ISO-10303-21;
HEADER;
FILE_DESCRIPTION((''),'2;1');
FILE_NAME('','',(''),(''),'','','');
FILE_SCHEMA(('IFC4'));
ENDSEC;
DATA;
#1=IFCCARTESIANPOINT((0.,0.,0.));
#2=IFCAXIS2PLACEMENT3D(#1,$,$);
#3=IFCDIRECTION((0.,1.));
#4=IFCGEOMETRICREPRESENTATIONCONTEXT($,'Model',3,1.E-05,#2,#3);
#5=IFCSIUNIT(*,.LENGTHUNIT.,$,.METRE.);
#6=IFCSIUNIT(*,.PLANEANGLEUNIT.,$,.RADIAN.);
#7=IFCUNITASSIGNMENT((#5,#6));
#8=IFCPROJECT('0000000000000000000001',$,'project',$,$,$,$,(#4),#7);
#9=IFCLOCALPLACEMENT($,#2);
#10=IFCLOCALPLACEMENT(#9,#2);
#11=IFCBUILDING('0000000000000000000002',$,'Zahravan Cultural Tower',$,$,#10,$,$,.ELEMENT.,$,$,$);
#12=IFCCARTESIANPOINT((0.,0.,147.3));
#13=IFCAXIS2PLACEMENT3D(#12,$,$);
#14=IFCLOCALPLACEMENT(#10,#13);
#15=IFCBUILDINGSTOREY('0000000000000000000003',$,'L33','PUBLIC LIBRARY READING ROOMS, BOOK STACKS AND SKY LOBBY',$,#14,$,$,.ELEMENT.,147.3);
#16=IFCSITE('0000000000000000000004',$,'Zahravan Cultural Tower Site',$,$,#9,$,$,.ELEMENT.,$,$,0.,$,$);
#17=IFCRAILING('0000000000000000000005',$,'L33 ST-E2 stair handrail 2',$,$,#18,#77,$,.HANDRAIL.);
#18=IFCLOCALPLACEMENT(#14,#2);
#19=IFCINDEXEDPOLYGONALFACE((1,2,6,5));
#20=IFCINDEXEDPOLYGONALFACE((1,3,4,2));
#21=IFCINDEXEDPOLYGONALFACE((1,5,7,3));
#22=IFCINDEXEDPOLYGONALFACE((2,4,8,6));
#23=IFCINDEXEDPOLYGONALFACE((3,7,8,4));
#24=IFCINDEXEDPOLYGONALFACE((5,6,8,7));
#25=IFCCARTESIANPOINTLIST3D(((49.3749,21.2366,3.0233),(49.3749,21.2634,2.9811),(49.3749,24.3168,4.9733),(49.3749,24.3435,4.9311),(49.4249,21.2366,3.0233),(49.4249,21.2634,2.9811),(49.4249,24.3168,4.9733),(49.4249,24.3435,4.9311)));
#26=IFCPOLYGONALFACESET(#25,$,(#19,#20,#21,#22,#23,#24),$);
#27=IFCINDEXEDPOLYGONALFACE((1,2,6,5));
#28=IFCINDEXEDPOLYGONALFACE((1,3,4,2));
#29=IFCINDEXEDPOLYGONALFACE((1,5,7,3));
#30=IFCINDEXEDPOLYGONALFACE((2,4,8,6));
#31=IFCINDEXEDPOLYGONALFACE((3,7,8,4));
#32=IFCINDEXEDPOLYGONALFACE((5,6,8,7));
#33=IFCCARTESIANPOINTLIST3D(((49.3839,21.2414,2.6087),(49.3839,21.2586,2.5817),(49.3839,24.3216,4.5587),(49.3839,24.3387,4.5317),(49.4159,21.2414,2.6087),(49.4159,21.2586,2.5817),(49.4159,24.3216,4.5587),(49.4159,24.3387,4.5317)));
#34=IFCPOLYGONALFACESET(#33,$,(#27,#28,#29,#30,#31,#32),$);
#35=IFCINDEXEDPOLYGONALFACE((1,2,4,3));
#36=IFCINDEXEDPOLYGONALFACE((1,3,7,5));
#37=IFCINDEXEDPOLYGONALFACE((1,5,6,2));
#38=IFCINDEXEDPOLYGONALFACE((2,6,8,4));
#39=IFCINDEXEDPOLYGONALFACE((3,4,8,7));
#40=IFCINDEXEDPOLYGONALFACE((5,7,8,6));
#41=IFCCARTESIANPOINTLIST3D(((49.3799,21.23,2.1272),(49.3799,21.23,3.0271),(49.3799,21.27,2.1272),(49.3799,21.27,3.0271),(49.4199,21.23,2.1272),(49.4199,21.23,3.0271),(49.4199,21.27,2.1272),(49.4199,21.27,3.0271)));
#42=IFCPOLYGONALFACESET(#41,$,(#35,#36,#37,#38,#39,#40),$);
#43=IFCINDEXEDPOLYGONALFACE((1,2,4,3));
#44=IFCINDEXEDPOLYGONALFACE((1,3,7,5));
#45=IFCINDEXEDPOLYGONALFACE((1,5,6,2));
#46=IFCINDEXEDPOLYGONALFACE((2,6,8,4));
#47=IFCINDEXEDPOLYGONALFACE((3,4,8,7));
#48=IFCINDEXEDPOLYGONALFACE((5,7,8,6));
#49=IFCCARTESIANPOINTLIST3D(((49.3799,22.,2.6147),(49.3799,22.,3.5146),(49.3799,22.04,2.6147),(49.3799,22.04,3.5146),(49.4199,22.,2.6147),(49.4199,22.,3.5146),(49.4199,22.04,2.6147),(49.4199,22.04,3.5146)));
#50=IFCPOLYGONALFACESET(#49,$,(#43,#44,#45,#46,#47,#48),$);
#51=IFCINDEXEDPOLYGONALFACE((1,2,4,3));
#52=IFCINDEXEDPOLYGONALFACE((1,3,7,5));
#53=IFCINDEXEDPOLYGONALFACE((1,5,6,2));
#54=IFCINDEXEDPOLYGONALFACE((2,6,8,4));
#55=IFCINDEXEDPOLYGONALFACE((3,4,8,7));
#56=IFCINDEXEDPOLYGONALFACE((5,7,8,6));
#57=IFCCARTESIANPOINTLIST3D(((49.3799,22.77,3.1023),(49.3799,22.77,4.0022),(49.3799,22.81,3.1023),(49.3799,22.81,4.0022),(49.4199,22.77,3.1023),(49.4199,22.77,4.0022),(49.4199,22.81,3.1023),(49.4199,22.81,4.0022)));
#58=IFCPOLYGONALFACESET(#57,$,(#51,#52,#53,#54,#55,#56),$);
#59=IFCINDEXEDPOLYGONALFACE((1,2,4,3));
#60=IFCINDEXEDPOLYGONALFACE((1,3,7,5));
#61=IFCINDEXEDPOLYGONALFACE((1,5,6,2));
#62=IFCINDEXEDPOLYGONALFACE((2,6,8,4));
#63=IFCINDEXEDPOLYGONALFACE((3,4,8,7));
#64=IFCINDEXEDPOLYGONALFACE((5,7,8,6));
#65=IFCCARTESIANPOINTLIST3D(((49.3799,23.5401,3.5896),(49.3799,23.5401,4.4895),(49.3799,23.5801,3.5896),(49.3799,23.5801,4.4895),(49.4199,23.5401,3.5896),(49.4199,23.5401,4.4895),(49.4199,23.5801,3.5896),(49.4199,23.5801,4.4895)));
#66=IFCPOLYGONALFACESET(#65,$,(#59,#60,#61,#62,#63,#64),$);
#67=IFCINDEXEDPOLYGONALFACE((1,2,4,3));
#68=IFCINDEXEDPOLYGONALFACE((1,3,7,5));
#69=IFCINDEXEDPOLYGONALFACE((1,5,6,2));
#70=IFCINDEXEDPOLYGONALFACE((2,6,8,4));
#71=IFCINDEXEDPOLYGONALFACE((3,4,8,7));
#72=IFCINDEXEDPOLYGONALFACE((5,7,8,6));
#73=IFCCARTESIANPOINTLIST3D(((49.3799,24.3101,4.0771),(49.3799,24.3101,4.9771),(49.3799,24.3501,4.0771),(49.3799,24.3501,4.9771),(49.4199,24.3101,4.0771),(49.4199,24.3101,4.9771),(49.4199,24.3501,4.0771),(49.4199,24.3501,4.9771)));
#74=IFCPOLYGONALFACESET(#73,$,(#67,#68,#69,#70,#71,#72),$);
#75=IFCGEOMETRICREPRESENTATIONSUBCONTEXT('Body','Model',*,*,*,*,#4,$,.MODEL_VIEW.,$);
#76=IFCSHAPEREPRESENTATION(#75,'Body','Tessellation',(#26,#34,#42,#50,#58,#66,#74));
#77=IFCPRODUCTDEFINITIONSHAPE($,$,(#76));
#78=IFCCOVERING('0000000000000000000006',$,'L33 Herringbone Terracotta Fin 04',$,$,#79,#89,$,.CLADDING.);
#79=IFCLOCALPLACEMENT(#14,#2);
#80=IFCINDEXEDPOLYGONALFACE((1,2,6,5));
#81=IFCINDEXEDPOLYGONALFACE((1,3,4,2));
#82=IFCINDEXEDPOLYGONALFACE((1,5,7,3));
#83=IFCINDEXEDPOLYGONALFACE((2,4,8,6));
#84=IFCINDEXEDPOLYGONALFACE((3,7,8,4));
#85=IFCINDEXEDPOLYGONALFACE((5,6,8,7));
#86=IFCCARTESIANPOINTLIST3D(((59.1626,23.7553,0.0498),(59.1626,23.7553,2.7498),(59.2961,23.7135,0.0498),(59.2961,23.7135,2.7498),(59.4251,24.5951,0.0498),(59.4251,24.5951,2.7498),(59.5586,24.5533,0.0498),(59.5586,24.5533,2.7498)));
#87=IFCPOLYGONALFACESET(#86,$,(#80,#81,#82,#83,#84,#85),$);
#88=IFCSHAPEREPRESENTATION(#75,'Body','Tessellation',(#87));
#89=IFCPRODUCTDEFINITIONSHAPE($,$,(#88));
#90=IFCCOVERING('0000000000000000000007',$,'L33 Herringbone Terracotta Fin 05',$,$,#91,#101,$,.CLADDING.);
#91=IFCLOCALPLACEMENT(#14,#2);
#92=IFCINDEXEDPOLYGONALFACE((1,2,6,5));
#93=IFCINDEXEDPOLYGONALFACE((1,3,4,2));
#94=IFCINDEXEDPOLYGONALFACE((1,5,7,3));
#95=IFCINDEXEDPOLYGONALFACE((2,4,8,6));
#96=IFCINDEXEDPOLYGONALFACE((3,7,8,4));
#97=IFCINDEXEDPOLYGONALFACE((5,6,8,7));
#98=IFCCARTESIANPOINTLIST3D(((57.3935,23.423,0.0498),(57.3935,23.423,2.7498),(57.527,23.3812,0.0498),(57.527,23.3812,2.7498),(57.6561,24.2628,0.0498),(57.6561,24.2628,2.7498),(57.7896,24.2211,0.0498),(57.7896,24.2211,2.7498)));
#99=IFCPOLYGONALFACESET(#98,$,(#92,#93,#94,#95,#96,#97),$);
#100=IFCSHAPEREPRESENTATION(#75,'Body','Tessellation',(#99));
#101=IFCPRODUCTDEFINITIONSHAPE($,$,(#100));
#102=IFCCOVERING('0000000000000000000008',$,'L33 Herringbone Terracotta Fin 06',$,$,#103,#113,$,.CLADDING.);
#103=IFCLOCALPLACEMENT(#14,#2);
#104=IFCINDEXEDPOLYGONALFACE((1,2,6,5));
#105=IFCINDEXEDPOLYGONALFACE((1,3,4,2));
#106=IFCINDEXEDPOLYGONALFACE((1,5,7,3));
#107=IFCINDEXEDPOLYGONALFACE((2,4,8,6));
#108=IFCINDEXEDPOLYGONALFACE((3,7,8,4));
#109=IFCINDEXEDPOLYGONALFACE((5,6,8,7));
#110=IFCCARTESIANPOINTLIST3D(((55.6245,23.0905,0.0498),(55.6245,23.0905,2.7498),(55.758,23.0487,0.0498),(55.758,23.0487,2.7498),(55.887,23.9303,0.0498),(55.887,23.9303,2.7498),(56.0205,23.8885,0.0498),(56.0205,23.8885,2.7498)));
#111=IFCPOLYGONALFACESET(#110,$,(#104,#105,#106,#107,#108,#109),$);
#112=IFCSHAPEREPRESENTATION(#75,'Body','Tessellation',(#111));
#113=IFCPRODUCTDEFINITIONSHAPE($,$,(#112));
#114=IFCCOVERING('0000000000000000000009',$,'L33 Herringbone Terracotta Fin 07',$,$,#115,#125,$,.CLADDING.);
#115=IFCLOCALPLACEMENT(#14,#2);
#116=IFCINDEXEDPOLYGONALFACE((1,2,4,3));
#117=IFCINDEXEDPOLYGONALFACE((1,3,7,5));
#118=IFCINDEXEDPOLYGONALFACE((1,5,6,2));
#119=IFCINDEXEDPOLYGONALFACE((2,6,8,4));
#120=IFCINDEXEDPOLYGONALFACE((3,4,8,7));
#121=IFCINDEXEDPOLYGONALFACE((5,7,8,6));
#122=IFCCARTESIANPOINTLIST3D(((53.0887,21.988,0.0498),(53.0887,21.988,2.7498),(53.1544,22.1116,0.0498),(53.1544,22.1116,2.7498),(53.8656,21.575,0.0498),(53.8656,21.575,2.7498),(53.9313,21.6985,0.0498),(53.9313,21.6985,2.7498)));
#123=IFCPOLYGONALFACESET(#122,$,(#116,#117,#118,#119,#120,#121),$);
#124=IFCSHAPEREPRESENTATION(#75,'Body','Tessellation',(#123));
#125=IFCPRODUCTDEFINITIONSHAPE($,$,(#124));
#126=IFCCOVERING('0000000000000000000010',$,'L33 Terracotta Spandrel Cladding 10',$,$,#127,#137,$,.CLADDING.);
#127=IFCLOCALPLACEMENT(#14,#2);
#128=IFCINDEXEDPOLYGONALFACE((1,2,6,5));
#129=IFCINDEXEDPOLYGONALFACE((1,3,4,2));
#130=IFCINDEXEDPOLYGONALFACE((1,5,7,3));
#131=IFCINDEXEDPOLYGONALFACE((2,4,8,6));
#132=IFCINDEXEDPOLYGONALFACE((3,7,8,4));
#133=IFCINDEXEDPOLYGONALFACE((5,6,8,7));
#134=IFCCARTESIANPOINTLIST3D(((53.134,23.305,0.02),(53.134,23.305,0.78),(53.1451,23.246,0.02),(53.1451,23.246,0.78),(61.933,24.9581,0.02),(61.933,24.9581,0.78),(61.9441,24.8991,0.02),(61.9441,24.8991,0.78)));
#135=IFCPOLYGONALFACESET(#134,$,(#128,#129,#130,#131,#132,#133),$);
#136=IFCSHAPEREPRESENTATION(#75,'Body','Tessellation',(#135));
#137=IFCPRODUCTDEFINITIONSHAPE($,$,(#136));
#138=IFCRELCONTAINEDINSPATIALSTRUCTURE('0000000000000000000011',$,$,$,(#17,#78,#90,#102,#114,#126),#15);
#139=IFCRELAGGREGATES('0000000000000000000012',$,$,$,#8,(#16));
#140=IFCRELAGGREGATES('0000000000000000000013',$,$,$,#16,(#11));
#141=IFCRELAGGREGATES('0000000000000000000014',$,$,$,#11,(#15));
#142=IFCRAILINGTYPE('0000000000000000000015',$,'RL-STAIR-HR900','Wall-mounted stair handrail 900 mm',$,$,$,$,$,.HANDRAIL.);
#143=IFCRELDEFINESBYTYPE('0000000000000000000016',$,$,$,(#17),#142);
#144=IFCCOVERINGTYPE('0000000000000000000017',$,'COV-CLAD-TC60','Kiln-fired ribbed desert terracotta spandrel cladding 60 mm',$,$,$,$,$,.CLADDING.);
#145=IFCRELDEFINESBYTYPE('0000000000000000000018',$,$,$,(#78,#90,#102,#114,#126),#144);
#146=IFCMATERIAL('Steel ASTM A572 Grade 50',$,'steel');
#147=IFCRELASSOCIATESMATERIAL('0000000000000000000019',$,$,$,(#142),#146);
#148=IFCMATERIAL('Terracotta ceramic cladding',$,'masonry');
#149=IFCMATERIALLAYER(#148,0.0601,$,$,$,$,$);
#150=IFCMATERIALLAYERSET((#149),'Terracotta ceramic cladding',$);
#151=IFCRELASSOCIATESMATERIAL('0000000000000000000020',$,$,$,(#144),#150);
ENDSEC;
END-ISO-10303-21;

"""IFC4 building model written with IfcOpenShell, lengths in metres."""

from ifc_helpers import new_model, si_unit, direction, frame, origin, origin_2d, place, context, subcontext, project, spatial, rectangle, extrude, source, transform, mapped, material, layer, layer_set, type_object, element, save


model = new_model("IFC4")

# Units and contexts
model_context = context("Model", 3, precision=1e-05, world=origin(), true_north=direction((0.0, 1.0)))
body_context = subcontext(model_context, "Body", "Model", "MODEL_VIEW")
ifc_project = project(units=[si_unit("LENGTHUNIT", "METRE"), si_unit("PLANEANGLEUNIT", "RADIAN")], contexts=[model_context])

# Site, building, storey
site_placement = place(None, origin())
site = spatial("IfcSite", under=ifc_project, at=site_placement, Name="Zahravan Cultural Tower Site", CompositionType="ELEMENT", RefElevation=0.0)
building_placement = place(site_placement, origin())
building = spatial("IfcBuilding", under=site, at=building_placement, Name="Zahravan Cultural Tower", CompositionType="ELEMENT")
storey_placement = place(building_placement, frame((0.0, 0.0, 147.3)))
storey = spatial("IfcBuildingStorey", under=building, at=storey_placement, Name="L33", Description="PUBLIC LIBRARY READING ROOMS, BOOK STACKS AND SKY LOBBY", CompositionType="ELEMENT", Elevation=147.3)

# Railing
ifc_material_1 = material(Name="Steel ASTM A572 Grade 50", Category="steel")
railing_type_1 = type_object("IfcRailingType", Name="RL-STAIR-HR900", Description="Wall-mounted stair handrail 900 mm", PredefinedType="HANDRAIL", material=ifc_material_1)
railing_1_placement = place(storey_placement, frame((49.3999, 21.25, 2.1272)))
element("IfcRailing", 1, at=railing_1_placement, inside=storey, type_object=railing_type_1, Name="L33 ST-E2 stair handrail 2", PredefinedType="HANDRAIL", context=body_context, shape_type="SweptSolid", body=[
    extrude(rectangle(XDim=0.05, YDim=0.05, at=origin_2d()), frame((0.0, 0.0, 0.875), z_axis=(0.0, 0.844914, 0.534902), x_axis=(-1.0, 0.0, 0.0)), (0.0, 0.0, 1.0), 3.6455),
    extrude(rectangle(XDim=0.032, YDim=0.032, at=origin_2d()), frame((0.0, 0.0, 0.468), z_axis=(0.0, 0.844914, 0.534902), x_axis=(-1.0, 0.0, 0.0)), (0.0, 0.0, 1.0), 3.6455),
    extrude(rectangle(XDim=0.04, YDim=0.04, at=origin_2d()), origin(), (0.0, 0.0, 1.0), 0.8999),
    extrude(rectangle(XDim=0.04, YDim=0.04, at=origin_2d()), frame((0.0, 0.77, 0.4875)), (0.0, 0.0, 1.0), 0.8999),
    extrude(rectangle(XDim=0.04, YDim=0.04, at=origin_2d()), frame((0.0, 1.54, 0.9751)), (0.0, 0.0, 1.0), 0.8999),
    extrude(rectangle(XDim=0.04, YDim=0.04, at=origin_2d()), frame((0.0, 2.3101, 1.4624)), (0.0, 0.0, 1.0), 0.8999),
    extrude(rectangle(XDim=0.04, YDim=0.04, at=origin_2d()), frame((0.0, 3.0801, 1.95)), (0.0, 0.0, 1.0), 0.8999),
])

# Coverings
ifc_material_2 = material(Name="Terracotta ceramic cladding", Category="masonry")
ifc_layer_1 = layer(ifc_material_2, 0.0601)
ifc_layer_set_1 = layer_set([ifc_layer_1], Name="Terracotta ceramic cladding")
covering_type = type_object("IfcCoveringType", Name="COV-CLAD-TC60", Description="Kiln-fired ribbed desert terracotta spandrel cladding 60 mm", PredefinedType="CLADDING", material=ifc_layer_set_1)
shared_shape_1 = source(origin(), body_context, "Body", "SweptSolid", [
    extrude(rectangle(XDim=0.8799, YDim=0.1399, at=origin_2d()), origin(), (0.0, 0.0, 1.0), 2.7),
])
for number, where, z_axis, x_axis, name in (
    (2, (59.3606, 24.1543, 0.0498), (0.0, 0.0, 1.0), (-0.298375, -0.954449, 0.0), "L33 Herringbone Terracotta Fin 04"),
    (3, (57.5916, 23.822, 0.0498), (0.0, 0.0, 1.0), (-0.298375, -0.954449, 0.0), "L33 Herringbone Terracotta Fin 05"),
    (4, (55.8225, 23.4895, 0.0498), (0.0, 0.0, 1.0), (-0.298375, -0.954449, 0.0), "L33 Herringbone Terracotta Fin 06"),
    (5, (53.51, 21.8433, 0.0498), (0.0, 0.0, 1.0), (0.882948, -0.469472, 0.0), "L33 Herringbone Terracotta Fin 07"),
):
    element("IfcCovering", number, at=place(storey_placement, frame(where, z_axis=z_axis, x_axis=x_axis)), inside=storey, type_object=covering_type, Name=name, PredefinedType="CLADDING", context=body_context, shape_type="MappedRepresentation", body=[
        mapped(shared_shape_1, transform((0.0, 0.0, 0.0), x_axis=(1.0, 0.0, 0.0), y_axis=(0.0, 1.0, 0.0), z_axis=(0.0, 0.0, 1.0), scale=1.0)),
    ])
shared_shape_2 = source(origin(), body_context, "Body", "SweptSolid", [
    extrude(rectangle(XDim=8.9529, YDim=0.0601, at=origin_2d()), origin(), (0.0, 0.0, 1.0), 0.76),
])
covering_placement = place(storey_placement, frame((57.5391, 24.1021, 0.02), z_axis=(0.0, 0.0, 1.0), x_axis=(-0.982807, -0.184638, 0.0)))
element("IfcCovering", 6, at=covering_placement, inside=storey, type_object=covering_type, Name="L33 Terracotta Spandrel Cladding 10", PredefinedType="CLADDING", context=body_context, shape_type="MappedRepresentation", body=[
    mapped(shared_shape_2, transform((0.0, 0.0, 0.0), x_axis=(1.0, 0.0, 0.0), y_axis=(0.0, 1.0, 0.0), z_axis=(0.0, 0.0, 1.0), scale=1.0)),
])

save(model, "model.ifc")
